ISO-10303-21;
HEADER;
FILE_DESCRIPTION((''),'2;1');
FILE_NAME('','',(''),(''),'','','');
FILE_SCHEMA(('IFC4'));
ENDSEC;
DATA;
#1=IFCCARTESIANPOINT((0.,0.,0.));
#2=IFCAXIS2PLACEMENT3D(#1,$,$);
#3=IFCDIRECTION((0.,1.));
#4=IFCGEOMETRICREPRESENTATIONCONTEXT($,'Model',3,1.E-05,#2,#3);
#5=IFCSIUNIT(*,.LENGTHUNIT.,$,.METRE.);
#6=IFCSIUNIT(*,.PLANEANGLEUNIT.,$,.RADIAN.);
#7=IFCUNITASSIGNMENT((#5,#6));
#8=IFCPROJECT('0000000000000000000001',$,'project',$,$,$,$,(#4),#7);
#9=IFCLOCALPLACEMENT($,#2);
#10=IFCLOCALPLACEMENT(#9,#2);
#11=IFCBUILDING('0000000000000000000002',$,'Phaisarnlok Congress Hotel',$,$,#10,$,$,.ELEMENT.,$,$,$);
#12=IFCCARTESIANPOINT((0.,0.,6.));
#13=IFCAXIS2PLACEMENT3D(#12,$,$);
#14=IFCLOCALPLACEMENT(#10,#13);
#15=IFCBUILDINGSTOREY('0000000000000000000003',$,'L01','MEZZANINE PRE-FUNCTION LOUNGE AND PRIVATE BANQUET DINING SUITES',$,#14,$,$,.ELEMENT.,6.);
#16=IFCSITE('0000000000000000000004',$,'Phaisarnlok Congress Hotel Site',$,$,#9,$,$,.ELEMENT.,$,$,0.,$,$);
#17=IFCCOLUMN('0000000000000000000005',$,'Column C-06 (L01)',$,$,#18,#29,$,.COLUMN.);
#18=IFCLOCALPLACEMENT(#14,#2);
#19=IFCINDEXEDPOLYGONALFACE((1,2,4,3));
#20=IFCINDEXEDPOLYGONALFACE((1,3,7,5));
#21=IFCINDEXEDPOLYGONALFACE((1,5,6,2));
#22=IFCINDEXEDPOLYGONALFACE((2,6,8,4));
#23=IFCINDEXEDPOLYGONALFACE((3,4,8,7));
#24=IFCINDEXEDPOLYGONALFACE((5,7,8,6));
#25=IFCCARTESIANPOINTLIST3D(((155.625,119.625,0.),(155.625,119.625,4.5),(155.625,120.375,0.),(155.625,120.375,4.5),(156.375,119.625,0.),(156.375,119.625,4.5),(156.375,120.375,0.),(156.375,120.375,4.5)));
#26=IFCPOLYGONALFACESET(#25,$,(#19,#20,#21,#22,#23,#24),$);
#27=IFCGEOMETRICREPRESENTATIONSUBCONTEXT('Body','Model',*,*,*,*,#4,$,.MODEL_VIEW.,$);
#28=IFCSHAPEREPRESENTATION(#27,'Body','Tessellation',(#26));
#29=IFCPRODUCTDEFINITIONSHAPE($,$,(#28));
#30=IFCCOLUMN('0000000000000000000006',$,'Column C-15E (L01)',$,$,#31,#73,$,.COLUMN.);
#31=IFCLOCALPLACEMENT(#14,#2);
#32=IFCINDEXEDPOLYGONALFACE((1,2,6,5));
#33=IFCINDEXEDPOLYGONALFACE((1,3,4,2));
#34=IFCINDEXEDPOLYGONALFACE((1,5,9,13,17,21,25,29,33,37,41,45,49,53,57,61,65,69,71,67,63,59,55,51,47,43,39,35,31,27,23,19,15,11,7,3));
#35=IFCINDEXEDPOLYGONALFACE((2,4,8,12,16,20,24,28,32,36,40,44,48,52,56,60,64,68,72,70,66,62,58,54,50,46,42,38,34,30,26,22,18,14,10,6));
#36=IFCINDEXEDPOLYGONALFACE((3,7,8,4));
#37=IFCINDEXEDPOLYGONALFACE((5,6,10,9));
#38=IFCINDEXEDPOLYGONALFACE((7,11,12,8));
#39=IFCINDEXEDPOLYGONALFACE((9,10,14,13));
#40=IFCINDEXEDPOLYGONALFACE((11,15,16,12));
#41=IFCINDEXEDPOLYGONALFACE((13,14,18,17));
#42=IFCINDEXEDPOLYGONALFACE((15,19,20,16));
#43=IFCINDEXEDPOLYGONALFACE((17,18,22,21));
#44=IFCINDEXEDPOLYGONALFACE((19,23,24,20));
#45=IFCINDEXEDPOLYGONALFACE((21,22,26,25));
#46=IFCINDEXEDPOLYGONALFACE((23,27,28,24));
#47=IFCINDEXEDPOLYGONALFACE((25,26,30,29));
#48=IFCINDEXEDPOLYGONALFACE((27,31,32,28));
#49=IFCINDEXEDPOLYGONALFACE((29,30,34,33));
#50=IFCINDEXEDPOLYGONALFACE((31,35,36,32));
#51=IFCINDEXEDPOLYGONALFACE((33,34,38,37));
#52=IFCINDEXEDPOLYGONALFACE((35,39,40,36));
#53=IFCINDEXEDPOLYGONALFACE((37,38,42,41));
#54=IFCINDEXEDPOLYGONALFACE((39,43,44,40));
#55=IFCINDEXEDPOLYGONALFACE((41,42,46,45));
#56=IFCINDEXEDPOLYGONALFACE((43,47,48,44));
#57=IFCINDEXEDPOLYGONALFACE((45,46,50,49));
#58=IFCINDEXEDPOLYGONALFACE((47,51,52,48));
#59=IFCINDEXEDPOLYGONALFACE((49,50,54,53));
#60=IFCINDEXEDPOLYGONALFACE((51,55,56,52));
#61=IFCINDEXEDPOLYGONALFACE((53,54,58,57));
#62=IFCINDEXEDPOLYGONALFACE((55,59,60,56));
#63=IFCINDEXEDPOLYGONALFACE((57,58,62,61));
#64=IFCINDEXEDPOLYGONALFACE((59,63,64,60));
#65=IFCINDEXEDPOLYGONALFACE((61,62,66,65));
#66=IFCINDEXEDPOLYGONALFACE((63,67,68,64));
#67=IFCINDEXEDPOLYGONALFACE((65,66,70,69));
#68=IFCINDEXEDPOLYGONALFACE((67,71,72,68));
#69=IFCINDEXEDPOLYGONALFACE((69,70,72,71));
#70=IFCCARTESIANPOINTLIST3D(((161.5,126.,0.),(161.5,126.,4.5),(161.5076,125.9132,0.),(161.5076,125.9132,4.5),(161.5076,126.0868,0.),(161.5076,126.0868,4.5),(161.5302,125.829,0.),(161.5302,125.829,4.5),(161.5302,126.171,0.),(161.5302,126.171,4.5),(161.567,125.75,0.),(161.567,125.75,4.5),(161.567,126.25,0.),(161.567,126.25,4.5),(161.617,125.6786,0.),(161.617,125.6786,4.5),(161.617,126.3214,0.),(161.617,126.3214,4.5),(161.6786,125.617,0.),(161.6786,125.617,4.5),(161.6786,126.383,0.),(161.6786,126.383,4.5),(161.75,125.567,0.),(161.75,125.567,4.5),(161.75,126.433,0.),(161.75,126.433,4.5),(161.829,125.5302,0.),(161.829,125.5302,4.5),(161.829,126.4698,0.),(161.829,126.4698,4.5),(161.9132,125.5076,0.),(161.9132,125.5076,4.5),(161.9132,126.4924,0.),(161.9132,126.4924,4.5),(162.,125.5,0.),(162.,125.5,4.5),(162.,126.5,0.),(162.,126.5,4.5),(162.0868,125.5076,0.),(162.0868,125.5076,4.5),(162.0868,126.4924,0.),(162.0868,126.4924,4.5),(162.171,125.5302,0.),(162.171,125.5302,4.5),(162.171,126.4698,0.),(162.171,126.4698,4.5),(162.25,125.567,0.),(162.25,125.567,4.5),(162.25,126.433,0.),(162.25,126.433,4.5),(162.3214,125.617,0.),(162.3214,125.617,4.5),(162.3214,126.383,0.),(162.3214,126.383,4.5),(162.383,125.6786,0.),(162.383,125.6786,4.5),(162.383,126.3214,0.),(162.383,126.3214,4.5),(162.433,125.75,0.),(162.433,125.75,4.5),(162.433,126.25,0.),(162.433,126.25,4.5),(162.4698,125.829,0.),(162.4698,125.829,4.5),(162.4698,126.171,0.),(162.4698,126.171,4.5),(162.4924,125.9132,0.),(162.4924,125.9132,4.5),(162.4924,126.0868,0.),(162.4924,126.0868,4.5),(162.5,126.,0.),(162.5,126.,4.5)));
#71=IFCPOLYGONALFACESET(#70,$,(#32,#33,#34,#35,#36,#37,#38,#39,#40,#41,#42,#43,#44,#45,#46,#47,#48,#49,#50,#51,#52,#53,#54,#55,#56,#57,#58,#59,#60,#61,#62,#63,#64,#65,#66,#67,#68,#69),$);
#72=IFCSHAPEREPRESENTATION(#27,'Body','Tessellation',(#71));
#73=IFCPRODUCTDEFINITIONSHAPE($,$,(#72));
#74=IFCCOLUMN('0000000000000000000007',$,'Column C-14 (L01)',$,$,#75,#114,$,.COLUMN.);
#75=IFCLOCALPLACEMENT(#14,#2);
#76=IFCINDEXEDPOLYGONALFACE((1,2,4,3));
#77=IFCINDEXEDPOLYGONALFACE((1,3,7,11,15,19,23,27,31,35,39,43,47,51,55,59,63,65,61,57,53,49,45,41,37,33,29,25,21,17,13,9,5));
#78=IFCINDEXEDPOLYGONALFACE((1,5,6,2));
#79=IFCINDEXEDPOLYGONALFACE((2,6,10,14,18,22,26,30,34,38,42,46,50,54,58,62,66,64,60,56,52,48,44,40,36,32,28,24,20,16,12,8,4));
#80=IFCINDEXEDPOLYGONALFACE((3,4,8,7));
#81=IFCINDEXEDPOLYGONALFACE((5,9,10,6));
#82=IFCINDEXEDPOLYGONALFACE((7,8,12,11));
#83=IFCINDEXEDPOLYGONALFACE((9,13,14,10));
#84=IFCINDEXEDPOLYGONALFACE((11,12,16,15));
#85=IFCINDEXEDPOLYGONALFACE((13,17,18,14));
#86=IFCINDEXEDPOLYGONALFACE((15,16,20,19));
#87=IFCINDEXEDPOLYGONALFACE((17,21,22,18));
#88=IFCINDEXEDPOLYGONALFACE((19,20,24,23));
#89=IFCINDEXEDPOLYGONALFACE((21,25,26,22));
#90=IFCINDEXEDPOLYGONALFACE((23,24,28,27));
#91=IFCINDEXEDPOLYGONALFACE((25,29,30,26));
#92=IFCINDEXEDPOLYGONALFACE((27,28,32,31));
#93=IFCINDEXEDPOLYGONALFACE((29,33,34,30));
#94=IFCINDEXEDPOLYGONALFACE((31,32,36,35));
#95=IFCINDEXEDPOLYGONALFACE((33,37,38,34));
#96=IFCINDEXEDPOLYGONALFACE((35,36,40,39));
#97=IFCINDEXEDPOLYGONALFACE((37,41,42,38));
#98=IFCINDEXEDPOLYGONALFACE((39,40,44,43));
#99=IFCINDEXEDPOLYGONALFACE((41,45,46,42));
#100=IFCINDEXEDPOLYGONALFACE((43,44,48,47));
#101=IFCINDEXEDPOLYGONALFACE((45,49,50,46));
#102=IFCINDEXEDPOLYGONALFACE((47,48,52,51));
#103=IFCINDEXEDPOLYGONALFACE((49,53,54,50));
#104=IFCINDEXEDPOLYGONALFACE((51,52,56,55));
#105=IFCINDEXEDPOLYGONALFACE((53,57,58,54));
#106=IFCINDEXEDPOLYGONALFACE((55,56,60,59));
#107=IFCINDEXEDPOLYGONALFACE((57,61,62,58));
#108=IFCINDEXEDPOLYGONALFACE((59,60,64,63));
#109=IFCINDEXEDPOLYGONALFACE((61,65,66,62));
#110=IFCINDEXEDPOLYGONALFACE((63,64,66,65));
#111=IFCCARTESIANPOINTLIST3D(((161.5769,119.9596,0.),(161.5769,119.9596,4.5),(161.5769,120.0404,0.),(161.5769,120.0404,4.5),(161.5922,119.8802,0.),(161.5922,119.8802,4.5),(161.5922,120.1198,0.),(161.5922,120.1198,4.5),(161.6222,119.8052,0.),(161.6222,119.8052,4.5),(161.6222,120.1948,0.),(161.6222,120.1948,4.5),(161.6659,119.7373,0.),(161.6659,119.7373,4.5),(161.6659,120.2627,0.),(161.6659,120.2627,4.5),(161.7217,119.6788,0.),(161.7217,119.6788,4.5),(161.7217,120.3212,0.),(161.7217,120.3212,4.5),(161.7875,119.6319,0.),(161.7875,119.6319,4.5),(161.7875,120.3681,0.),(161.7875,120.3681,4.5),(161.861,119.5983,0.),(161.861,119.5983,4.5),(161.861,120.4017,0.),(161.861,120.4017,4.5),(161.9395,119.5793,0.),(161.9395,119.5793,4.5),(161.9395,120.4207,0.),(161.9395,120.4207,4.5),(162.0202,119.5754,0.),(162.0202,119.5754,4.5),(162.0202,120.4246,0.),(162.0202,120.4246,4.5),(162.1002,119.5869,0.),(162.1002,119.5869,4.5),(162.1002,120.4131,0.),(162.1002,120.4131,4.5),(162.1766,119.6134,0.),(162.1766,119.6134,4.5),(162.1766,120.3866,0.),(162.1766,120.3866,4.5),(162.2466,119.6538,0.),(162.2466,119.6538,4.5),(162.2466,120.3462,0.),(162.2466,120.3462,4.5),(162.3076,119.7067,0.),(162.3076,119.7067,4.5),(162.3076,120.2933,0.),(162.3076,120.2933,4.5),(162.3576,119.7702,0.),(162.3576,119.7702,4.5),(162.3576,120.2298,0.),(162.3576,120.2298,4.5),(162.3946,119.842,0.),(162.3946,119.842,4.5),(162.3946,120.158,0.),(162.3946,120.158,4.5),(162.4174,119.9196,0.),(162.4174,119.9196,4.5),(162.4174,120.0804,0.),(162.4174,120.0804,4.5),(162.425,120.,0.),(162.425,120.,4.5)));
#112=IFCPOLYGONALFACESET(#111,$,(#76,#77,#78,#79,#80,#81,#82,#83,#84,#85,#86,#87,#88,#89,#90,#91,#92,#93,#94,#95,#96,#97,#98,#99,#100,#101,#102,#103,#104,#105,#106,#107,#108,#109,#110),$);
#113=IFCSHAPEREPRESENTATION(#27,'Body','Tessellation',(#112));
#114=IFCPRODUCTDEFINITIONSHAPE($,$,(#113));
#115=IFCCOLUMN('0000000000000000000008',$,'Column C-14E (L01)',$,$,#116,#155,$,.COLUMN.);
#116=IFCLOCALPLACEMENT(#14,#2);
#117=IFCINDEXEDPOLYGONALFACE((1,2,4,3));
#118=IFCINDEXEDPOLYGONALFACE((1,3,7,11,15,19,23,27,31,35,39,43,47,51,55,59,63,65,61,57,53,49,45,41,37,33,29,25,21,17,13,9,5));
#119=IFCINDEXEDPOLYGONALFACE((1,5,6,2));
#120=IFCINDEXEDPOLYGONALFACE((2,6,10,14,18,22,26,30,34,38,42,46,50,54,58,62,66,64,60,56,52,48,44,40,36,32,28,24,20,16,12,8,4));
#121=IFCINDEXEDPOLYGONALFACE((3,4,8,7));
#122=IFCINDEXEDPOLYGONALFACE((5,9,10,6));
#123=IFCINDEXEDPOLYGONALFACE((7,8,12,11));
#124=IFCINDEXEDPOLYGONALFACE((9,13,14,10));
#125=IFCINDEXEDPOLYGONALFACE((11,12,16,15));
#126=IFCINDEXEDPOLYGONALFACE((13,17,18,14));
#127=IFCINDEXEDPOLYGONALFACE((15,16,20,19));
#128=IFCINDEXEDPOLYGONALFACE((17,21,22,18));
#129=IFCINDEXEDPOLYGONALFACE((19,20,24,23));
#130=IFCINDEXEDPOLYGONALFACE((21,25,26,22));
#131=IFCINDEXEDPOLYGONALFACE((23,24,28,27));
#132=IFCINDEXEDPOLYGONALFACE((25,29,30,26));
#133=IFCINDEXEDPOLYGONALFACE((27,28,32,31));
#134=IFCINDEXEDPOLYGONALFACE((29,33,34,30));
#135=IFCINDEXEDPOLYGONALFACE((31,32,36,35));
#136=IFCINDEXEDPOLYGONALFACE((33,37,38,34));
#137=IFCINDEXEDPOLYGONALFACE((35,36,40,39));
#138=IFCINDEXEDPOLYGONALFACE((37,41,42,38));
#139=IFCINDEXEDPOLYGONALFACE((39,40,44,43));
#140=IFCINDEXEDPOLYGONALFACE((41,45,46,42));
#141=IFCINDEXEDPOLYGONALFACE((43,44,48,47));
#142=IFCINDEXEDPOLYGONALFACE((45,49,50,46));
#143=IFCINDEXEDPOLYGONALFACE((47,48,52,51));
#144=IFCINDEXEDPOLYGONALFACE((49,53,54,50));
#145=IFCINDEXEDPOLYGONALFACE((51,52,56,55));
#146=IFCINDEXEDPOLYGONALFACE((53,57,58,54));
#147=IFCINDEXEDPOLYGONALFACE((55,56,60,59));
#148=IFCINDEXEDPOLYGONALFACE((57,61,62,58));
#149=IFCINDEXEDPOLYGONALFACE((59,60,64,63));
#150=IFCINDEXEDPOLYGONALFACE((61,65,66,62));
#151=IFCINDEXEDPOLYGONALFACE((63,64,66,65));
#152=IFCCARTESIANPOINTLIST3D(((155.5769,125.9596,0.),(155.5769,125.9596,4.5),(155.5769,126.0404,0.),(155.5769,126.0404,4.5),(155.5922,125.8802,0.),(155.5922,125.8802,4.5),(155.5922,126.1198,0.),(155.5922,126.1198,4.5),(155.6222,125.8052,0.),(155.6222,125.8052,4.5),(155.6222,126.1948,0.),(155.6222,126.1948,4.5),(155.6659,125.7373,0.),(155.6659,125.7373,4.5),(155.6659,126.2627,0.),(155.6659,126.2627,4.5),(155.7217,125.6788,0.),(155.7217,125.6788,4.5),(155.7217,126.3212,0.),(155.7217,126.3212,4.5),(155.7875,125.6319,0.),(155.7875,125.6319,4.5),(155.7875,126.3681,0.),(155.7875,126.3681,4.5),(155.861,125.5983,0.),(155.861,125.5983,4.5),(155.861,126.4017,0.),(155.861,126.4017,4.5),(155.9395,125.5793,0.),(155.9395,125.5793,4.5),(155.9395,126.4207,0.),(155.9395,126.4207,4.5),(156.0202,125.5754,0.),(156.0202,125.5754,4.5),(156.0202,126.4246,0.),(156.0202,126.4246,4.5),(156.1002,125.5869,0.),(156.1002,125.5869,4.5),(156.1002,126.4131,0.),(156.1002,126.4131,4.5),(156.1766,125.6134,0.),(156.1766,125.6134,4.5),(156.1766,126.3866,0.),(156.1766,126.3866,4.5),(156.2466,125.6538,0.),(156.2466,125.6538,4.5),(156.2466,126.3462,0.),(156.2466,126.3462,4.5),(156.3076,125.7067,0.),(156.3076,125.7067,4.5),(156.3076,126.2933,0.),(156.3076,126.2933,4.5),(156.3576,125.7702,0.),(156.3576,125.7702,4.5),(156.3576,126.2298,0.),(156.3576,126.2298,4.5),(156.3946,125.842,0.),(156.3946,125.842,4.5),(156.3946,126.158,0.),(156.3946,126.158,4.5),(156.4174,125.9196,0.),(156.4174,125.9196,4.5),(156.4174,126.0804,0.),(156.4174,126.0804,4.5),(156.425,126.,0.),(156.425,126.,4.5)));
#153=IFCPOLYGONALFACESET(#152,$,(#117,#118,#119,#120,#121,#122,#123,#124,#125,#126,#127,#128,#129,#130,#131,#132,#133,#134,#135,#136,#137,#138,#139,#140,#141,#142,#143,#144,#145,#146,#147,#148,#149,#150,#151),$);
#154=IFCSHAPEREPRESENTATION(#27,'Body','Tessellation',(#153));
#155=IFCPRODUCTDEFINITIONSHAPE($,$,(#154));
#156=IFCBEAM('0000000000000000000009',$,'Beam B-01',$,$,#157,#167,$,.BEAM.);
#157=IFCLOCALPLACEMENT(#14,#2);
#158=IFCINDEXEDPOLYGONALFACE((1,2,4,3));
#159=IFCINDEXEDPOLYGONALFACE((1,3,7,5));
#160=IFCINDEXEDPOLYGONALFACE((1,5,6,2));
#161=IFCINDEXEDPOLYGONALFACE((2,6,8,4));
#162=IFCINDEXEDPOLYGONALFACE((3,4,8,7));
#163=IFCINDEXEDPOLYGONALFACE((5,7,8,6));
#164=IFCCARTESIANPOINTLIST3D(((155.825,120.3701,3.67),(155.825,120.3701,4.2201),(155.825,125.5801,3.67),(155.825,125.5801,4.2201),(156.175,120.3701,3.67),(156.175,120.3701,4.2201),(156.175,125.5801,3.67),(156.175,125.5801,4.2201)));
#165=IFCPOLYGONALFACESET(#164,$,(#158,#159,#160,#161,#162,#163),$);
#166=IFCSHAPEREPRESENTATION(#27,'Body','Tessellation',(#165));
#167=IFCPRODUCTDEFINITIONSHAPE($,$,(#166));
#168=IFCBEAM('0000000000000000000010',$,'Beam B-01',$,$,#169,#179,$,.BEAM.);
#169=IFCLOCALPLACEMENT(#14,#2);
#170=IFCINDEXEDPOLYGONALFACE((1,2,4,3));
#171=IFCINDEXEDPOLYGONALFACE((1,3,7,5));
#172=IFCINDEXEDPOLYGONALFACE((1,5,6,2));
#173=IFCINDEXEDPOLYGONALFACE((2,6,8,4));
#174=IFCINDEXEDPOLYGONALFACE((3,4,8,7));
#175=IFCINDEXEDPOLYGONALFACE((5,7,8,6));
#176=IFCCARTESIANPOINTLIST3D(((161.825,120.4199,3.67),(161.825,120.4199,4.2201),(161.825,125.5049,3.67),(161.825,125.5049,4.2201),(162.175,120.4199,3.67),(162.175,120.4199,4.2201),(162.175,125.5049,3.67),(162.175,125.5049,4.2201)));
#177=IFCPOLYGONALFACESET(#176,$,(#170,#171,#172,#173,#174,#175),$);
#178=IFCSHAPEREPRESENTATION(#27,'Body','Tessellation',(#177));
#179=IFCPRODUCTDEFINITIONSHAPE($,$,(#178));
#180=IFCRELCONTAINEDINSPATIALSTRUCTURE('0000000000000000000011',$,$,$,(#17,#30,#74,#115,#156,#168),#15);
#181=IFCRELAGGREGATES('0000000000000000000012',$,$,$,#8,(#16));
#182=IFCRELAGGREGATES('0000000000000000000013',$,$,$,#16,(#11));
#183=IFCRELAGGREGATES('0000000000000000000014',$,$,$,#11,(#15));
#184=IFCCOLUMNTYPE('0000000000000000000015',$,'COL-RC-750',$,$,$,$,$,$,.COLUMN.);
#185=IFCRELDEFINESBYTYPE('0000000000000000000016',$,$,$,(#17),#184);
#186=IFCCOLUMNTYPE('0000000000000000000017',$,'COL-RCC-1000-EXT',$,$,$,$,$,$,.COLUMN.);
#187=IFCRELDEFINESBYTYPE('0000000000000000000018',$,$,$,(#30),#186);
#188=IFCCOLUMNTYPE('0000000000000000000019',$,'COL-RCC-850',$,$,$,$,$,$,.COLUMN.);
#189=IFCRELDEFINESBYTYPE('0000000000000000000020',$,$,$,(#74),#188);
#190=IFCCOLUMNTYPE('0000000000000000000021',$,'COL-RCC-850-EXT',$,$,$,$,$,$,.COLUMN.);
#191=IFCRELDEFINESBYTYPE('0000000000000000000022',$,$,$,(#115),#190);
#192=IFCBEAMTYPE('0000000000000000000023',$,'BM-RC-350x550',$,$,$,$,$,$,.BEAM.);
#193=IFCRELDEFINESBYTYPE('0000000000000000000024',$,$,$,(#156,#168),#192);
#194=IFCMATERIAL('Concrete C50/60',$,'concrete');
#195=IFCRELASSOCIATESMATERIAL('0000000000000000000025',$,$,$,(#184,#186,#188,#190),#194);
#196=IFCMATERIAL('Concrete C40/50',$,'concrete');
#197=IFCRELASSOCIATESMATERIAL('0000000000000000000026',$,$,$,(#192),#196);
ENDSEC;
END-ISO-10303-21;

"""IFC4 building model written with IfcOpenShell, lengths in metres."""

from ifc_helpers import new_model, si_unit, direction, frame, origin, origin_2d, place, context, subcontext, project, spatial, rectangle, circle, extrude, material, material_profile, profile_set, type_object, element, save


model = new_model("IFC4")

# Units and contexts
model_context = context("Model", 3, precision=1e-05, world=origin(), true_north=direction((0.0, 1.0)))
body_context = subcontext(model_context, "Body", "Model", "MODEL_VIEW")
ifc_project = project(units=[si_unit("LENGTHUNIT", "METRE"), si_unit("PLANEANGLEUNIT", "RADIAN")], contexts=[model_context])

# Site, building, storey
site_placement = place(None, origin())
site = spatial("IfcSite", under=ifc_project, at=site_placement, Name="Phaisarnlok Congress Hotel Site", CompositionType="ELEMENT", RefElevation=0.0)
building_placement = place(site_placement, origin())
building = spatial("IfcBuilding", under=site, at=building_placement, Name="Phaisarnlok Congress Hotel", CompositionType="ELEMENT")
storey_placement = place(building_placement, frame((0.0, 0.0, 6.0)))
storey = spatial("IfcBuildingStorey", under=building, at=storey_placement, Name="L01", Description="MEZZANINE PRE-FUNCTION LOUNGE AND PRIVATE BANQUET DINING SUITES", CompositionType="ELEMENT", Elevation=6.0)

# Columns
ifc_material_1 = material(Name="Concrete C50/60", Category="concrete")
ifc_material_profile_1 = material_profile(ifc_material_1, rectangle(XDim=0.75, YDim=0.75, at=origin_2d()), Name="RC 750x750")
ifc_profile_set_1 = profile_set([ifc_material_profile_1], Name="Concrete C50/60")
column_type_1 = type_object("IfcColumnType", Name="COL-RC-750", PredefinedType="COLUMN", material=ifc_profile_set_1)
column_1_placement = place(storey_placement, frame((156.0, 120.0, 0.0), z_axis=(0.0, 0.0, 1.0), x_axis=(1.0, 0.0, 0.0)))
element("IfcColumn", 1, at=column_1_placement, inside=storey, type_object=column_type_1, Name="Column C-06 (L01)", PredefinedType="COLUMN", context=body_context, shape_type="SweptSolid", body=[
    extrude(rectangle(XDim=0.75, YDim=0.75, at=origin_2d()), origin(), (0.0, 0.0, 1.0), 4.5),
])
ifc_material_profile_2 = material_profile(ifc_material_1, circle(Radius=0.5, at=origin_2d()), Name="RCC D1000")
ifc_profile_set_2 = profile_set([ifc_material_profile_2], Name="Concrete C50/60")
column_type_2 = type_object("IfcColumnType", Name="COL-RCC-1000-EXT", PredefinedType="COLUMN", material=ifc_profile_set_2)
column_2_placement = place(storey_placement, frame((162.0, 126.0, 0.0), z_axis=(0.0, 0.0, 1.0), x_axis=(1.0, 0.0, 0.0)))
element("IfcColumn", 2, at=column_2_placement, inside=storey, type_object=column_type_2, Name="Column C-15E (L01)", PredefinedType="COLUMN", context=body_context, shape_type="SweptSolid", body=[
    extrude(circle(Radius=0.5, at=origin_2d()), origin(), (0.0, 0.0, 1.0), 4.5),
])
ifc_material_profile_3 = material_profile(ifc_material_1, circle(Radius=0.425, at=origin_2d()), Name="RCC D850")
ifc_profile_set_3 = profile_set([ifc_material_profile_3], Name="Concrete C50/60")
column_type_3 = type_object("IfcColumnType", Name="COL-RCC-850", PredefinedType="COLUMN", material=ifc_profile_set_3)
column_3_placement = place(storey_placement, frame((162.0, 120.0, 0.0), z_axis=(0.0, 0.0, 1.0), x_axis=(1.0, 0.0, 0.0)))
element("IfcColumn", 3, at=column_3_placement, inside=storey, type_object=column_type_3, Name="Column C-14 (L01)", PredefinedType="COLUMN", context=body_context, shape_type="SweptSolid", body=[
    extrude(circle(Radius=0.425, at=origin_2d()), origin(), (0.0, 0.0, 1.0), 4.5),
])
ifc_material_profile_4 = material_profile(ifc_material_1, circle(Radius=0.425, at=origin_2d()), Name="RCC D850")
ifc_profile_set_4 = profile_set([ifc_material_profile_4], Name="Concrete C50/60")
column_type_4 = type_object("IfcColumnType", Name="COL-RCC-850-EXT", PredefinedType="COLUMN", material=ifc_profile_set_4)
column_4_placement = place(storey_placement, frame((156.0, 126.0, 0.0), z_axis=(0.0, 0.0, 1.0), x_axis=(1.0, 0.0, 0.0)))
element("IfcColumn", 4, at=column_4_placement, inside=storey, type_object=column_type_4, Name="Column C-14E (L01)", PredefinedType="COLUMN", context=body_context, shape_type="SweptSolid", body=[
    extrude(circle(Radius=0.425, at=origin_2d()), origin(), (0.0, 0.0, 1.0), 4.5),
])

# Beams
ifc_material_2 = material(Name="Concrete C40/50", Category="concrete")
ifc_material_profile_5 = material_profile(ifc_material_2, rectangle(XDim=0.3501, YDim=0.55, at=origin_2d()), Name="RC 350x550")
ifc_profile_set_5 = profile_set([ifc_material_profile_5], Name="Concrete C40/50")
beam_type_1 = type_object("IfcBeamType", Name="BM-RC-350x550", PredefinedType="BEAM", material=ifc_profile_set_5)
beam_1_placement = place(storey_placement, frame((156.0, 120.3701, 3.9451), z_axis=(0.0, 1.0, 0.0), x_axis=(-1.0, 0.0, 0.0)))
element("IfcBeam", 5, at=beam_1_placement, inside=storey, type_object=beam_type_1, Name="Beam B-01", PredefinedType="BEAM", context=body_context, shape_type="SweptSolid", body=[
    extrude(rectangle(XDim=0.3501, YDim=0.55, at=origin_2d()), origin(), (0.0, 0.0, 1.0), 5.21),
])
beam_2_placement = place(storey_placement, frame((162.0, 120.4199, 3.9451), z_axis=(0.0, 1.0, 0.0), x_axis=(-1.0, 0.0, 0.0)))
element("IfcBeam", 6, at=beam_2_placement, inside=storey, type_object=beam_type_1, Name="Beam B-01", PredefinedType="BEAM", context=body_context, shape_type="SweptSolid", body=[
    extrude(rectangle(XDim=0.3501, YDim=0.55, at=origin_2d()), origin(), (0.0, 0.0, 1.0), 5.085),
])

save(model, "model.ifc")
